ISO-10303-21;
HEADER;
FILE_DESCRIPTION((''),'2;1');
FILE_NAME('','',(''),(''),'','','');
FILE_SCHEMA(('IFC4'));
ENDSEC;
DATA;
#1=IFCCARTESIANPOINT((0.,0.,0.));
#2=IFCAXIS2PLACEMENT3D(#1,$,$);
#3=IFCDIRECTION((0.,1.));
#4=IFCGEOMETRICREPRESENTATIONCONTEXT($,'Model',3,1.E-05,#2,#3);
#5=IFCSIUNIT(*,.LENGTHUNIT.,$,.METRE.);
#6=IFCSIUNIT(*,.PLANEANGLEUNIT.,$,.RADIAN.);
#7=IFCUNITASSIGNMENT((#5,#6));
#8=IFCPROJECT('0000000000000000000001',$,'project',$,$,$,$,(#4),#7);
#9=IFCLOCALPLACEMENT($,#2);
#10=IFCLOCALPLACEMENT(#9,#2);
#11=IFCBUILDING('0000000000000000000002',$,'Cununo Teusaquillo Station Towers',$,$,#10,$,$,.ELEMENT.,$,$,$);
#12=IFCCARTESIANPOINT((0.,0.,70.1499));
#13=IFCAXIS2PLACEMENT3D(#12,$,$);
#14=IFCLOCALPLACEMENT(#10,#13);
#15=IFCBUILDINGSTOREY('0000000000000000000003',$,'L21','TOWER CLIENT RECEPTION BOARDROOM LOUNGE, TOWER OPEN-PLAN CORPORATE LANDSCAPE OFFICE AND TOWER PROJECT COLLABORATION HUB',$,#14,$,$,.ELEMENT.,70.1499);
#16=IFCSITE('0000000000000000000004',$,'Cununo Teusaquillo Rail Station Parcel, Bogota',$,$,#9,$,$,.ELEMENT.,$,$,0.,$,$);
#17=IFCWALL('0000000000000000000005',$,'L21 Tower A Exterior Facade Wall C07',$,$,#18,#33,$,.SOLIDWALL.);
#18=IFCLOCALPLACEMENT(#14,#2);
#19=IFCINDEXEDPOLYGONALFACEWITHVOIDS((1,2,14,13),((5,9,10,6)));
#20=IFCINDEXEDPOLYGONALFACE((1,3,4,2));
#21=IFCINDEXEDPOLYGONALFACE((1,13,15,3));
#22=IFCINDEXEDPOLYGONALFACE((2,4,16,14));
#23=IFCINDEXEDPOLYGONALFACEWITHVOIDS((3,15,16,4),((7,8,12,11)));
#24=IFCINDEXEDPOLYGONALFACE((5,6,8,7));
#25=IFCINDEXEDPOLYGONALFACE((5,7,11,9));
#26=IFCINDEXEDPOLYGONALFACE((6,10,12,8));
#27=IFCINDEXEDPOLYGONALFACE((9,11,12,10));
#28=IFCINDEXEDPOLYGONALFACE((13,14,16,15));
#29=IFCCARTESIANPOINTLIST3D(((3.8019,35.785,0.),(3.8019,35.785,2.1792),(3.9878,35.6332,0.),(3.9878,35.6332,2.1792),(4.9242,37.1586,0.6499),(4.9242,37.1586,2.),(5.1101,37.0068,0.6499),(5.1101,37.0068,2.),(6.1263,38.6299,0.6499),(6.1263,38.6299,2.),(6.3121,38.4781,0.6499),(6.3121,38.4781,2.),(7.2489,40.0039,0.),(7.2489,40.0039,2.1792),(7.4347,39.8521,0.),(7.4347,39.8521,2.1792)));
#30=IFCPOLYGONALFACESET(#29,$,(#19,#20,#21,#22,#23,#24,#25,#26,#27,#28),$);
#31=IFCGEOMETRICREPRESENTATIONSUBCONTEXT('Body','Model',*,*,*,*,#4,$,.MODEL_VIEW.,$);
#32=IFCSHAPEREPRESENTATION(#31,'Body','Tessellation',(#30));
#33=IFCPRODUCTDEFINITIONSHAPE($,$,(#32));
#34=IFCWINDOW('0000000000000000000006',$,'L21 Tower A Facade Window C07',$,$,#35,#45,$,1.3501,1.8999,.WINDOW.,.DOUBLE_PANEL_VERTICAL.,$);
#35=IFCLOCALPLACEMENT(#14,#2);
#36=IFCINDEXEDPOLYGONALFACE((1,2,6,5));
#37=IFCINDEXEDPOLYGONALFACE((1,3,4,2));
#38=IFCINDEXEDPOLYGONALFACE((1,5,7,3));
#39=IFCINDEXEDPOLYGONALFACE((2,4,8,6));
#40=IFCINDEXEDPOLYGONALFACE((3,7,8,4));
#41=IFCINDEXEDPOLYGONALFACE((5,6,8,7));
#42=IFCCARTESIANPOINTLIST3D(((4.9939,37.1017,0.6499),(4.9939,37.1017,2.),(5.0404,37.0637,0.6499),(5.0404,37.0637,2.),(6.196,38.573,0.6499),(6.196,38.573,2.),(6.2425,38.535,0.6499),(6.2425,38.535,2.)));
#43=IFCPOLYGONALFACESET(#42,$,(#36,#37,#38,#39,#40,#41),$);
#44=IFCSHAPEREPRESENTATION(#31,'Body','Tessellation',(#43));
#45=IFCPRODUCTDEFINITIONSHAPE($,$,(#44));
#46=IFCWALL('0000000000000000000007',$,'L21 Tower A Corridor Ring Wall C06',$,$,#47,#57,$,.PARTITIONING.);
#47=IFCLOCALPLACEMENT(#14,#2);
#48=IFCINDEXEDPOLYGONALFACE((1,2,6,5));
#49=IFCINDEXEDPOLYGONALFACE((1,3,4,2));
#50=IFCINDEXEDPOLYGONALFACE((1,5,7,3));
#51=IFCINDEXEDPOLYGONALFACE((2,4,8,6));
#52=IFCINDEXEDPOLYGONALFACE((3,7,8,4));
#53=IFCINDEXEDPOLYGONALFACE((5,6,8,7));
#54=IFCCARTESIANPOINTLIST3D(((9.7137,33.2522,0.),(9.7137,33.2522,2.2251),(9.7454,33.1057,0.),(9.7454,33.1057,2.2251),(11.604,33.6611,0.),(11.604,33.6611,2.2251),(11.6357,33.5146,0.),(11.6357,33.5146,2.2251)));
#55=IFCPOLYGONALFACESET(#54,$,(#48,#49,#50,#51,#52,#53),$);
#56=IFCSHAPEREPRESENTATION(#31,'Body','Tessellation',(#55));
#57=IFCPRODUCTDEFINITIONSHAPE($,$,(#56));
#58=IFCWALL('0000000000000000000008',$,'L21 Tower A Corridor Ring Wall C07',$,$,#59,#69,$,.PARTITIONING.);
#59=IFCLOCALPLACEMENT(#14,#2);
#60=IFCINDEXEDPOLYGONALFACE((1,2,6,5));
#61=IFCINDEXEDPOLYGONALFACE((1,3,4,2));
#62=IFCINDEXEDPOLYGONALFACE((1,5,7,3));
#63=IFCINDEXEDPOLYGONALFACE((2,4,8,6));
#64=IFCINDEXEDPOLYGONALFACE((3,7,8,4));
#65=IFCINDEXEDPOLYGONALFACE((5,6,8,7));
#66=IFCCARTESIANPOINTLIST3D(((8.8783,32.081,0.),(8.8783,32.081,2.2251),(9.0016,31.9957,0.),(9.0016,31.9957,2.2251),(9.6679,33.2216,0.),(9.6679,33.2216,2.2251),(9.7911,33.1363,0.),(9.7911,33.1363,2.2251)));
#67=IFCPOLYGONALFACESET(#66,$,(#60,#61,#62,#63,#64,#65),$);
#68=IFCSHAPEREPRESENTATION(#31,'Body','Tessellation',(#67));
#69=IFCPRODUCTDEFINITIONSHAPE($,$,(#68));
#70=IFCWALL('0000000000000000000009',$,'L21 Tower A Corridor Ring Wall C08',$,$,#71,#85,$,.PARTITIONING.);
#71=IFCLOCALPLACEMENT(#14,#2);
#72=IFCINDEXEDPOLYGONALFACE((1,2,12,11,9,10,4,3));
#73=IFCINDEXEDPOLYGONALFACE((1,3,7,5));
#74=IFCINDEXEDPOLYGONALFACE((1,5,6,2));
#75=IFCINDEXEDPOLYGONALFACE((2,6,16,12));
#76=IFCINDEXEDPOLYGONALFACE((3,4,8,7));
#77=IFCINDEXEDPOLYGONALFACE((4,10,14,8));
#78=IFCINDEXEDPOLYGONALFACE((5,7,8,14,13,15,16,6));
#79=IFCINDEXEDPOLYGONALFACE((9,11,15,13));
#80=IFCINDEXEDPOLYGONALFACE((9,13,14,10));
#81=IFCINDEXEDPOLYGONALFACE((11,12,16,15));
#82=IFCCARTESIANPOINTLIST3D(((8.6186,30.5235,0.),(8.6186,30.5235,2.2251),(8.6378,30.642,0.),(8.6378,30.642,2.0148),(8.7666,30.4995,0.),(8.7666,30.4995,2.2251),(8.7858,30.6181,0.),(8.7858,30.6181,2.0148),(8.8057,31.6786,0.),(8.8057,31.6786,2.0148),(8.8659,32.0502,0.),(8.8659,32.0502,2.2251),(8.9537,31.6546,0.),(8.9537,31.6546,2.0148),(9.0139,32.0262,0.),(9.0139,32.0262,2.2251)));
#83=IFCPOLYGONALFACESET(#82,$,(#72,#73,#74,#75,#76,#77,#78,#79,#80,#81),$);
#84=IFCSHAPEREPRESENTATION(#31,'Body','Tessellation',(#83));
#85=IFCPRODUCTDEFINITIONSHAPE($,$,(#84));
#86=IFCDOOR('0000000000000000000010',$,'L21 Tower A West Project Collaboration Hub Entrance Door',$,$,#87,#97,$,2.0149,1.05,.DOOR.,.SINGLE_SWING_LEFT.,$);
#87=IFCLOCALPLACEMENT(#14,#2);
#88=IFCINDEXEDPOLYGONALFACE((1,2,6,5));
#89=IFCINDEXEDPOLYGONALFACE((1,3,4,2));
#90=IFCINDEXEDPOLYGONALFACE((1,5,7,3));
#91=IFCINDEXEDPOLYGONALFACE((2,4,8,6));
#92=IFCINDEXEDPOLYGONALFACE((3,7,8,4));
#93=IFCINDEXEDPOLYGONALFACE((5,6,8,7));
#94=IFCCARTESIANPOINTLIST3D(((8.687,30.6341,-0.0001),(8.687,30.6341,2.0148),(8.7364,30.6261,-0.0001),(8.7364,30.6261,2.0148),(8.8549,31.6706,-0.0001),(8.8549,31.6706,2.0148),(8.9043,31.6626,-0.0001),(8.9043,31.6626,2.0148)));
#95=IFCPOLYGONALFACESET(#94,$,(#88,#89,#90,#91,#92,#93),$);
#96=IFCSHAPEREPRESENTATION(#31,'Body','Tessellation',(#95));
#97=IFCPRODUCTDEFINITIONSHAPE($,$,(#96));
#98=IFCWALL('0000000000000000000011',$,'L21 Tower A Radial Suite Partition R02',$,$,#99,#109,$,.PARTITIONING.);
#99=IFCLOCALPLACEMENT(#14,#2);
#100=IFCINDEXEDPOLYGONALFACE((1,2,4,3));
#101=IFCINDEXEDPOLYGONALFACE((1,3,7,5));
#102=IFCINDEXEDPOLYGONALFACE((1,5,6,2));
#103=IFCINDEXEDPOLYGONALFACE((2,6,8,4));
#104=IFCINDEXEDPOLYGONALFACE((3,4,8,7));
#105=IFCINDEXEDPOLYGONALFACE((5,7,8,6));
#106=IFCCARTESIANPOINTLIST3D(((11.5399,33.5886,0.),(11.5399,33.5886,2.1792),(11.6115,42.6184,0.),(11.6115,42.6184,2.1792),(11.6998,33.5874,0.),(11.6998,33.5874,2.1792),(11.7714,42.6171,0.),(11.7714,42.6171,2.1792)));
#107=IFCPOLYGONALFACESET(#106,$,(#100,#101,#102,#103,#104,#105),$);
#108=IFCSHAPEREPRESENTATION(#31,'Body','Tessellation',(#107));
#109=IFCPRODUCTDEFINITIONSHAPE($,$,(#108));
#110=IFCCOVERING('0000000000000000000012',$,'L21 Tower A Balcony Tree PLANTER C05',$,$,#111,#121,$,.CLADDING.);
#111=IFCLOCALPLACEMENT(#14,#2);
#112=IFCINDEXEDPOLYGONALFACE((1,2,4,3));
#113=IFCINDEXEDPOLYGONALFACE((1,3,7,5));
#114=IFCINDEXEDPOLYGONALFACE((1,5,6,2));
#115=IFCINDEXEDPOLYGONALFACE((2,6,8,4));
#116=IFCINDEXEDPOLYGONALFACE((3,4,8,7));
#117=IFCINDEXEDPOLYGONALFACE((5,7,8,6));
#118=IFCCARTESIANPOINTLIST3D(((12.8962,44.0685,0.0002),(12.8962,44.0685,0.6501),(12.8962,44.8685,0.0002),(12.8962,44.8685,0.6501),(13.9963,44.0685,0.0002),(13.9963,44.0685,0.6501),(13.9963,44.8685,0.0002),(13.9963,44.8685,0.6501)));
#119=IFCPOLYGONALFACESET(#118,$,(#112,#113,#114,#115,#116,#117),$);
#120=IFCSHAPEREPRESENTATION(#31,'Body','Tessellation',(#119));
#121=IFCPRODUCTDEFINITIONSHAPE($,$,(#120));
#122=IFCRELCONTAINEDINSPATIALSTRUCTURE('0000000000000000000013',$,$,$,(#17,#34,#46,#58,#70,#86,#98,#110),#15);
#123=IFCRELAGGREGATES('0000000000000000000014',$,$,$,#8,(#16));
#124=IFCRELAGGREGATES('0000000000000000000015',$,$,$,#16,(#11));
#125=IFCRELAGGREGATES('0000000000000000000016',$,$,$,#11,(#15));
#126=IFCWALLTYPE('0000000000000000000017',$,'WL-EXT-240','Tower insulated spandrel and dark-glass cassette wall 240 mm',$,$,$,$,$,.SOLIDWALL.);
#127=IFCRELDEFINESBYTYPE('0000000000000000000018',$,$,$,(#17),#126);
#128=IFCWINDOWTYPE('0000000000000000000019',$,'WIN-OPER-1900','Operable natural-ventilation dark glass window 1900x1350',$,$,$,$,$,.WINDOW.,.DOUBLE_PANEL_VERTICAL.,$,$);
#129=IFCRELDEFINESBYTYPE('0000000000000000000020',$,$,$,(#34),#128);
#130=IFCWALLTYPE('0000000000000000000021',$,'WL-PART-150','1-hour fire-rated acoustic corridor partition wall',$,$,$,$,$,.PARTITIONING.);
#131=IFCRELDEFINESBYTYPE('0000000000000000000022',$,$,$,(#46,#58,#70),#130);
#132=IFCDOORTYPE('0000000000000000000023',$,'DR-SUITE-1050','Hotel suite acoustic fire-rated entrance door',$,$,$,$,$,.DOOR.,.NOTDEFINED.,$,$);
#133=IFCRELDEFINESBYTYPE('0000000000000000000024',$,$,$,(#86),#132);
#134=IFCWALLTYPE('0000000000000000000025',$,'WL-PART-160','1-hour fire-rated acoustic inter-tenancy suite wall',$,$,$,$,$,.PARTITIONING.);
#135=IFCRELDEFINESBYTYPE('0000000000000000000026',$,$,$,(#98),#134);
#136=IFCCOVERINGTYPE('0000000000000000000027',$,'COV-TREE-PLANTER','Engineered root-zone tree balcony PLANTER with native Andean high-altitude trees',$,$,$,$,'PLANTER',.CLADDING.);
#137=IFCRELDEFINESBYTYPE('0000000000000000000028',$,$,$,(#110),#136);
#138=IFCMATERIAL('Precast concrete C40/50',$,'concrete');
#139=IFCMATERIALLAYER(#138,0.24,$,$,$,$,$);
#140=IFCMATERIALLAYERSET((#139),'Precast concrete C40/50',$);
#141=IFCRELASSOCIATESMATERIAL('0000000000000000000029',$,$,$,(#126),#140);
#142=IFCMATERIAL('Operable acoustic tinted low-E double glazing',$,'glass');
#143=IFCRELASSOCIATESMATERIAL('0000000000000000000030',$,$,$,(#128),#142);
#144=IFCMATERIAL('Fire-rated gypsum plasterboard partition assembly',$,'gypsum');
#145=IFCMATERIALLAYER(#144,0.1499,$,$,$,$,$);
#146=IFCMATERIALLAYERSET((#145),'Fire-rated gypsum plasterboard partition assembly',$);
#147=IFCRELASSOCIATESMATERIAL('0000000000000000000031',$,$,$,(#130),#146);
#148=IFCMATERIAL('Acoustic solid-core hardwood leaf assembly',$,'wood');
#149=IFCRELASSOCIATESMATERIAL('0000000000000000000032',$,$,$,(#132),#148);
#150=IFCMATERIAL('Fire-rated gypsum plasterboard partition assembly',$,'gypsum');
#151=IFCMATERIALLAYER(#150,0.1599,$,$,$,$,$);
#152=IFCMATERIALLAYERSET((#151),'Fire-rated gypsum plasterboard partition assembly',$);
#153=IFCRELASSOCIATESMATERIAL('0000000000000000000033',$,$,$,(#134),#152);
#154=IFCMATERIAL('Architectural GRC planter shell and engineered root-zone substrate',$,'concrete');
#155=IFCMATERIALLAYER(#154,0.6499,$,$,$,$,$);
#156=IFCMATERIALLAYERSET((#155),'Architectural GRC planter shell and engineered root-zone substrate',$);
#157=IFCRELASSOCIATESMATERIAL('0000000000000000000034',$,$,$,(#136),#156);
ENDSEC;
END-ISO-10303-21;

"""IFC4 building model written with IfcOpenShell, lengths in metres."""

from ifc_helpers import new_model, si_unit, direction, frame, frame_2d, origin, origin_2d, place, context, subcontext, project, spatial, rectangle, extrude, source, transform, mapped, material, layer, layer_set, type_object, element, fill, save


model = new_model("IFC4")

# Units and contexts
model_context = context("Model", 3, precision=1e-05, world=origin(), true_north=direction((0.0, 1.0)))
body_context = subcontext(model_context, "Body", "Model", "MODEL_VIEW")
ifc_project = project(units=[si_unit("LENGTHUNIT", "METRE"), si_unit("PLANEANGLEUNIT", "RADIAN")], contexts=[model_context])

# Site, building, storey
site_placement = place(None, origin())
site = spatial("IfcSite", under=ifc_project, at=site_placement, Name="Cununo Teusaquillo Rail Station Parcel, Bogota", CompositionType="ELEMENT", RefElevation=0.0)
building_placement = place(site_placement, origin())
building = spatial("IfcBuilding", under=site, at=building_placement, Name="Cununo Teusaquillo Station Towers", CompositionType="ELEMENT")
storey_placement = place(building_placement, frame((0.0, 0.0, 70.1499)))
storey = spatial("IfcBuildingStorey", under=building, at=storey_placement, Name="L21", Description="TOWER CLIENT RECEPTION BOARDROOM LOUNGE, TOWER OPEN-PLAN CORPORATE LANDSCAPE OFFICE AND TOWER PROJECT COLLABORATION HUB", CompositionType="ELEMENT", Elevation=70.1499)

# Shared definitions
ifc_material_1 = material(Name="Precast concrete C40/50", Category="concrete")
ifc_layer_1 = layer(ifc_material_1, 0.24)
ifc_layer_set_1 = layer_set([ifc_layer_1], Name="Precast concrete C40/50")
wall_type_1 = type_object("IfcWallType", Name="WL-EXT-240", Description="Tower insulated spandrel and dark-glass cassette wall 240 mm", PredefinedType="SOLIDWALL", material=ifc_layer_set_1)
shared_shape_1 = source(origin(), body_context, "Body", "SweptSolid", [
    extrude(rectangle(XDim=1.8999, YDim=1.3501, at=frame_2d((0.95, 0.675))), frame((0.0, 0.1299, 0.0), z_axis=(0.0, -1.0, 0.0), x_axis=(1.0, 0.0, 0.0)), (0.0, 0.0, 1.0), 0.26),
])
ifc_material_2 = material(Name="Operable acoustic tinted low-E double glazing", Category="glass")
window_type = type_object("IfcWindowType", Name="WIN-OPER-1900", Description="Operable natural-ventilation dark glass window 1900x1350", PartitioningType="DOUBLE_PANEL_VERTICAL", PredefinedType="WINDOW", material=ifc_material_2)
shared_shape_2 = source(origin(), body_context, "Body", "SweptSolid", [
    extrude(rectangle(XDim=1.8999, YDim=1.3501, at=frame_2d((0.95, 0.675))), frame((0.0, 0.03, 0.0), z_axis=(0.0, -1.0, 0.0), x_axis=(1.0, 0.0, 0.0)), (0.0, 0.0, 1.0), 0.0601),
])

# Wall, opening, window
wall_1_placement = place(storey_placement, frame((3.8948, 35.709, 0.0), z_axis=(0.0, 0.0, 1.0), x_axis=(0.632701, 0.774396, 0.0)))
wall_1 = element("IfcWall", 1, at=wall_1_placement, inside=storey, type_object=wall_type_1, Name="L21 Tower A Exterior Facade Wall C07", PredefinedType="SOLIDWALL", context=body_context, shape_type="SweptSolid", body=[
    extrude(rectangle(XDim=5.448, YDim=0.24, at=frame_2d((2.7241, 0.0))), origin(), (0.0, 0.0, 1.0), 2.1792),
])
opening_1_placement = place(wall_1_placement, frame((1.7739, 0.0, 0.6499)))
opening_1 = element("IfcOpeningElement", 2, at=opening_1_placement, cuts=wall_1, PredefinedType="OPENING", context=body_context, shape_type="MappedRepresentation", body=[
    mapped(shared_shape_1, transform((0.0, 0.0, 0.0), x_axis=(1.0, 0.0, 0.0), y_axis=(0.0, 1.0, 0.0), z_axis=(0.0, 0.0, 1.0), scale=1.0)),
])
window_1_placement = place(opening_1_placement, origin())
window_1 = element("IfcWindow", 3, at=window_1_placement, inside=storey, type_object=window_type, Name="L21 Tower A Facade Window C07", OverallHeight=1.3501, OverallWidth=1.8999, PartitioningType="DOUBLE_PANEL_VERTICAL", PredefinedType="WINDOW", context=body_context, shape_type="MappedRepresentation", body=[
    mapped(shared_shape_2, transform((0.0, 0.0, 0.0), x_axis=(1.0, 0.0, 0.0), y_axis=(0.0, 1.0, 0.0), z_axis=(0.0, 0.0, 1.0), scale=1.0)),
])
fill(opening_1, window_1)

# Walls
ifc_material_3 = material(Name="Fire-rated gypsum plasterboard partition assembly", Category="gypsum")
ifc_layer_2 = layer(ifc_material_3, 0.1499)
ifc_layer_set_2 = layer_set([ifc_layer_2], Name="Fire-rated gypsum plasterboard partition assembly")
wall_type_2 = type_object("IfcWallType", Name="WL-PART-150", Description="1-hour fire-rated acoustic corridor partition wall", PredefinedType="PARTITIONING", material=ifc_layer_set_2)
wall_2_placement = place(storey_placement, frame((11.6199, 33.5879, 0.0), z_axis=(0.0, 0.0, 1.0), x_axis=(-0.977392, -0.211434, 0.0)))
element("IfcWall", 4, at=wall_2_placement, inside=storey, type_object=wall_type_2, Name="L21 Tower A Corridor Ring Wall C06", PredefinedType="PARTITIONING", context=body_context, shape_type="SweptSolid", body=[
    extrude(rectangle(XDim=1.9341, YDim=0.1499, at=frame_2d((0.967, 0.0))), origin(), (0.0, 0.0, 1.0), 2.2251),
])
wall_3_placement = place(storey_placement, frame((9.7295, 33.179, 0.0), z_axis=(0.0, 0.0, 1.0), x_axis=(-0.569155, -0.82223, 0.0)))
element("IfcWall", 5, at=wall_3_placement, inside=storey, type_object=wall_type_2, Name="L21 Tower A Corridor Ring Wall C07", PredefinedType="PARTITIONING", context=body_context, shape_type="SweptSolid", body=[
    extrude(rectangle(XDim=1.3872, YDim=0.1499, at=frame_2d((0.6936, 0.0))), origin(), (0.0, 0.0, 1.0), 2.2251),
])

# Wall, opening, door
wall_4_placement = place(storey_placement, frame((8.9399, 32.0383, 0.0), z_axis=(0.0, 0.0, 1.0), x_axis=(-0.159917, -0.98713, 0.0)))
wall_4 = element("IfcWall", 6, at=wall_4_placement, inside=storey, type_object=wall_type_2, Name="L21 Tower A Corridor Ring Wall C08", PredefinedType="PARTITIONING", context=body_context, shape_type="SweptSolid", body=[
    extrude(rectangle(XDim=1.5466, YDim=0.1499, at=frame_2d((0.7734, 0.0))), origin(), (0.0, 0.0, 1.0), 2.2251),
])
shared_shape_3 = source(origin(), body_context, "Body", "SweptSolid", [
    extrude(rectangle(XDim=1.05, YDim=2.0149, at=frame_2d((0.5249, 1.0073))), frame((0.0, 0.085, 0.0), z_axis=(0.0, -1.0, 0.0), x_axis=(1.0, 0.0, 0.0)), (0.0, 0.0, 1.0), 0.1699),
])
opening_2_placement = place(wall_4_placement, frame((0.3767, 0.0, 0.0)))
opening_2 = element("IfcOpeningElement", 7, at=opening_2_placement, cuts=wall_4, PredefinedType="OPENING", context=body_context, shape_type="MappedRepresentation", body=[
    mapped(shared_shape_3, transform((0.0, 0.0, 0.0), x_axis=(1.0, 0.0, 0.0), y_axis=(0.0, 1.0, 0.0), z_axis=(0.0, 0.0, 1.0), scale=1.0)),
])
ifc_material_4 = material(Name="Acoustic solid-core hardwood leaf assembly", Category="wood")
door_type_1 = type_object("IfcDoorType", Name="DR-SUITE-1050", Description="Hotel suite acoustic fire-rated entrance door", OperationType="NOTDEFINED", PredefinedType="DOOR", material=ifc_material_4)
shared_shape_4 = source(origin(), body_context, "Body", "SweptSolid", [
    extrude(rectangle(XDim=1.05, YDim=2.0149, at=frame_2d((0.5249, 1.0073))), frame((0.0, 0.0249, 0.0), z_axis=(0.0, -1.0, 0.0), x_axis=(1.0, 0.0, 0.0)), (0.0, 0.0, 1.0), 0.05),
])
door_1_placement = place(opening_2_placement, origin())
door_1 = element("IfcDoor", 8, at=door_1_placement, inside=storey, type_object=door_type_1, Name="L21 Tower A West Project Collaboration Hub Entrance Door", OperationType="SINGLE_SWING_LEFT", OverallHeight=2.0149, OverallWidth=1.05, PredefinedType="DOOR", context=body_context, shape_type="MappedRepresentation", body=[
    mapped(shared_shape_4, transform((0.0, 0.0, 0.0), x_axis=(1.0, 0.0, 0.0), y_axis=(0.0, 1.0, 0.0), z_axis=(0.0, 0.0, 1.0), scale=1.0)),
])
fill(opening_2, door_1)

# Wall
ifc_material_5 = material(Name="Fire-rated gypsum plasterboard partition assembly", Category="gypsum")
ifc_layer_3 = layer(ifc_material_5, 0.1599)
ifc_layer_set_3 = layer_set([ifc_layer_3], Name="Fire-rated gypsum plasterboard partition assembly")
wall_type_3 = type_object("IfcWallType", Name="WL-PART-160", Description="1-hour fire-rated acoustic inter-tenancy suite wall", PredefinedType="PARTITIONING", material=ifc_layer_set_3)
wall_5_placement = place(storey_placement, frame((11.6199, 33.5879, 0.0), z_axis=(0.0, 0.0, 1.0), x_axis=(0.007922, 0.999969, 0.0)))
element("IfcWall", 9, at=wall_5_placement, inside=storey, type_object=wall_type_3, Name="L21 Tower A Radial Suite Partition R02", PredefinedType="PARTITIONING", context=body_context, shape_type="SweptSolid", body=[
    extrude(rectangle(XDim=9.03, YDim=0.1599, at=frame_2d((4.5151, 0.0))), origin(), (0.0, 0.0, 1.0), 2.1792),
])

# Covering
ifc_material_6 = material(Name="Architectural GRC planter shell and engineered root-zone substrate", Category="concrete")
ifc_layer_4 = layer(ifc_material_6, 0.6499)
ifc_layer_set_4 = layer_set([ifc_layer_4], Name="Architectural GRC planter shell and engineered root-zone substrate")
covering_type = type_object("IfcCoveringType", Name="COV-TREE-PLANTER", Description="Engineered root-zone tree balcony PLANTER with native Andean high-altitude trees", ElementType="PLANTER", PredefinedType="CLADDING", material=ifc_layer_set_4)
shared_shape_5 = source(origin(), body_context, "Body", "SweptSolid", [
    extrude(rectangle(XDim=1.1001, YDim=0.8, at=origin_2d()), origin(), (0.0, 0.0, 1.0), 0.6499),
])
covering_placement = place(storey_placement, frame((13.4463, 44.4685, 0.0002), z_axis=(0.0, 0.0, 1.0), x_axis=(1.0, 0.0, 0.0)))
element("IfcCovering", 10, at=covering_placement, inside=storey, type_object=covering_type, Name="L21 Tower A Balcony Tree PLANTER C05", PredefinedType="CLADDING", context=body_context, shape_type="MappedRepresentation", body=[
    mapped(shared_shape_5, transform((0.0, 0.0, 0.0), x_axis=(1.0, 0.0, 0.0), y_axis=(0.0, 1.0, 0.0), z_axis=(0.0, 0.0, 1.0), scale=1.0)),
])

save(model, "model.ifc")
